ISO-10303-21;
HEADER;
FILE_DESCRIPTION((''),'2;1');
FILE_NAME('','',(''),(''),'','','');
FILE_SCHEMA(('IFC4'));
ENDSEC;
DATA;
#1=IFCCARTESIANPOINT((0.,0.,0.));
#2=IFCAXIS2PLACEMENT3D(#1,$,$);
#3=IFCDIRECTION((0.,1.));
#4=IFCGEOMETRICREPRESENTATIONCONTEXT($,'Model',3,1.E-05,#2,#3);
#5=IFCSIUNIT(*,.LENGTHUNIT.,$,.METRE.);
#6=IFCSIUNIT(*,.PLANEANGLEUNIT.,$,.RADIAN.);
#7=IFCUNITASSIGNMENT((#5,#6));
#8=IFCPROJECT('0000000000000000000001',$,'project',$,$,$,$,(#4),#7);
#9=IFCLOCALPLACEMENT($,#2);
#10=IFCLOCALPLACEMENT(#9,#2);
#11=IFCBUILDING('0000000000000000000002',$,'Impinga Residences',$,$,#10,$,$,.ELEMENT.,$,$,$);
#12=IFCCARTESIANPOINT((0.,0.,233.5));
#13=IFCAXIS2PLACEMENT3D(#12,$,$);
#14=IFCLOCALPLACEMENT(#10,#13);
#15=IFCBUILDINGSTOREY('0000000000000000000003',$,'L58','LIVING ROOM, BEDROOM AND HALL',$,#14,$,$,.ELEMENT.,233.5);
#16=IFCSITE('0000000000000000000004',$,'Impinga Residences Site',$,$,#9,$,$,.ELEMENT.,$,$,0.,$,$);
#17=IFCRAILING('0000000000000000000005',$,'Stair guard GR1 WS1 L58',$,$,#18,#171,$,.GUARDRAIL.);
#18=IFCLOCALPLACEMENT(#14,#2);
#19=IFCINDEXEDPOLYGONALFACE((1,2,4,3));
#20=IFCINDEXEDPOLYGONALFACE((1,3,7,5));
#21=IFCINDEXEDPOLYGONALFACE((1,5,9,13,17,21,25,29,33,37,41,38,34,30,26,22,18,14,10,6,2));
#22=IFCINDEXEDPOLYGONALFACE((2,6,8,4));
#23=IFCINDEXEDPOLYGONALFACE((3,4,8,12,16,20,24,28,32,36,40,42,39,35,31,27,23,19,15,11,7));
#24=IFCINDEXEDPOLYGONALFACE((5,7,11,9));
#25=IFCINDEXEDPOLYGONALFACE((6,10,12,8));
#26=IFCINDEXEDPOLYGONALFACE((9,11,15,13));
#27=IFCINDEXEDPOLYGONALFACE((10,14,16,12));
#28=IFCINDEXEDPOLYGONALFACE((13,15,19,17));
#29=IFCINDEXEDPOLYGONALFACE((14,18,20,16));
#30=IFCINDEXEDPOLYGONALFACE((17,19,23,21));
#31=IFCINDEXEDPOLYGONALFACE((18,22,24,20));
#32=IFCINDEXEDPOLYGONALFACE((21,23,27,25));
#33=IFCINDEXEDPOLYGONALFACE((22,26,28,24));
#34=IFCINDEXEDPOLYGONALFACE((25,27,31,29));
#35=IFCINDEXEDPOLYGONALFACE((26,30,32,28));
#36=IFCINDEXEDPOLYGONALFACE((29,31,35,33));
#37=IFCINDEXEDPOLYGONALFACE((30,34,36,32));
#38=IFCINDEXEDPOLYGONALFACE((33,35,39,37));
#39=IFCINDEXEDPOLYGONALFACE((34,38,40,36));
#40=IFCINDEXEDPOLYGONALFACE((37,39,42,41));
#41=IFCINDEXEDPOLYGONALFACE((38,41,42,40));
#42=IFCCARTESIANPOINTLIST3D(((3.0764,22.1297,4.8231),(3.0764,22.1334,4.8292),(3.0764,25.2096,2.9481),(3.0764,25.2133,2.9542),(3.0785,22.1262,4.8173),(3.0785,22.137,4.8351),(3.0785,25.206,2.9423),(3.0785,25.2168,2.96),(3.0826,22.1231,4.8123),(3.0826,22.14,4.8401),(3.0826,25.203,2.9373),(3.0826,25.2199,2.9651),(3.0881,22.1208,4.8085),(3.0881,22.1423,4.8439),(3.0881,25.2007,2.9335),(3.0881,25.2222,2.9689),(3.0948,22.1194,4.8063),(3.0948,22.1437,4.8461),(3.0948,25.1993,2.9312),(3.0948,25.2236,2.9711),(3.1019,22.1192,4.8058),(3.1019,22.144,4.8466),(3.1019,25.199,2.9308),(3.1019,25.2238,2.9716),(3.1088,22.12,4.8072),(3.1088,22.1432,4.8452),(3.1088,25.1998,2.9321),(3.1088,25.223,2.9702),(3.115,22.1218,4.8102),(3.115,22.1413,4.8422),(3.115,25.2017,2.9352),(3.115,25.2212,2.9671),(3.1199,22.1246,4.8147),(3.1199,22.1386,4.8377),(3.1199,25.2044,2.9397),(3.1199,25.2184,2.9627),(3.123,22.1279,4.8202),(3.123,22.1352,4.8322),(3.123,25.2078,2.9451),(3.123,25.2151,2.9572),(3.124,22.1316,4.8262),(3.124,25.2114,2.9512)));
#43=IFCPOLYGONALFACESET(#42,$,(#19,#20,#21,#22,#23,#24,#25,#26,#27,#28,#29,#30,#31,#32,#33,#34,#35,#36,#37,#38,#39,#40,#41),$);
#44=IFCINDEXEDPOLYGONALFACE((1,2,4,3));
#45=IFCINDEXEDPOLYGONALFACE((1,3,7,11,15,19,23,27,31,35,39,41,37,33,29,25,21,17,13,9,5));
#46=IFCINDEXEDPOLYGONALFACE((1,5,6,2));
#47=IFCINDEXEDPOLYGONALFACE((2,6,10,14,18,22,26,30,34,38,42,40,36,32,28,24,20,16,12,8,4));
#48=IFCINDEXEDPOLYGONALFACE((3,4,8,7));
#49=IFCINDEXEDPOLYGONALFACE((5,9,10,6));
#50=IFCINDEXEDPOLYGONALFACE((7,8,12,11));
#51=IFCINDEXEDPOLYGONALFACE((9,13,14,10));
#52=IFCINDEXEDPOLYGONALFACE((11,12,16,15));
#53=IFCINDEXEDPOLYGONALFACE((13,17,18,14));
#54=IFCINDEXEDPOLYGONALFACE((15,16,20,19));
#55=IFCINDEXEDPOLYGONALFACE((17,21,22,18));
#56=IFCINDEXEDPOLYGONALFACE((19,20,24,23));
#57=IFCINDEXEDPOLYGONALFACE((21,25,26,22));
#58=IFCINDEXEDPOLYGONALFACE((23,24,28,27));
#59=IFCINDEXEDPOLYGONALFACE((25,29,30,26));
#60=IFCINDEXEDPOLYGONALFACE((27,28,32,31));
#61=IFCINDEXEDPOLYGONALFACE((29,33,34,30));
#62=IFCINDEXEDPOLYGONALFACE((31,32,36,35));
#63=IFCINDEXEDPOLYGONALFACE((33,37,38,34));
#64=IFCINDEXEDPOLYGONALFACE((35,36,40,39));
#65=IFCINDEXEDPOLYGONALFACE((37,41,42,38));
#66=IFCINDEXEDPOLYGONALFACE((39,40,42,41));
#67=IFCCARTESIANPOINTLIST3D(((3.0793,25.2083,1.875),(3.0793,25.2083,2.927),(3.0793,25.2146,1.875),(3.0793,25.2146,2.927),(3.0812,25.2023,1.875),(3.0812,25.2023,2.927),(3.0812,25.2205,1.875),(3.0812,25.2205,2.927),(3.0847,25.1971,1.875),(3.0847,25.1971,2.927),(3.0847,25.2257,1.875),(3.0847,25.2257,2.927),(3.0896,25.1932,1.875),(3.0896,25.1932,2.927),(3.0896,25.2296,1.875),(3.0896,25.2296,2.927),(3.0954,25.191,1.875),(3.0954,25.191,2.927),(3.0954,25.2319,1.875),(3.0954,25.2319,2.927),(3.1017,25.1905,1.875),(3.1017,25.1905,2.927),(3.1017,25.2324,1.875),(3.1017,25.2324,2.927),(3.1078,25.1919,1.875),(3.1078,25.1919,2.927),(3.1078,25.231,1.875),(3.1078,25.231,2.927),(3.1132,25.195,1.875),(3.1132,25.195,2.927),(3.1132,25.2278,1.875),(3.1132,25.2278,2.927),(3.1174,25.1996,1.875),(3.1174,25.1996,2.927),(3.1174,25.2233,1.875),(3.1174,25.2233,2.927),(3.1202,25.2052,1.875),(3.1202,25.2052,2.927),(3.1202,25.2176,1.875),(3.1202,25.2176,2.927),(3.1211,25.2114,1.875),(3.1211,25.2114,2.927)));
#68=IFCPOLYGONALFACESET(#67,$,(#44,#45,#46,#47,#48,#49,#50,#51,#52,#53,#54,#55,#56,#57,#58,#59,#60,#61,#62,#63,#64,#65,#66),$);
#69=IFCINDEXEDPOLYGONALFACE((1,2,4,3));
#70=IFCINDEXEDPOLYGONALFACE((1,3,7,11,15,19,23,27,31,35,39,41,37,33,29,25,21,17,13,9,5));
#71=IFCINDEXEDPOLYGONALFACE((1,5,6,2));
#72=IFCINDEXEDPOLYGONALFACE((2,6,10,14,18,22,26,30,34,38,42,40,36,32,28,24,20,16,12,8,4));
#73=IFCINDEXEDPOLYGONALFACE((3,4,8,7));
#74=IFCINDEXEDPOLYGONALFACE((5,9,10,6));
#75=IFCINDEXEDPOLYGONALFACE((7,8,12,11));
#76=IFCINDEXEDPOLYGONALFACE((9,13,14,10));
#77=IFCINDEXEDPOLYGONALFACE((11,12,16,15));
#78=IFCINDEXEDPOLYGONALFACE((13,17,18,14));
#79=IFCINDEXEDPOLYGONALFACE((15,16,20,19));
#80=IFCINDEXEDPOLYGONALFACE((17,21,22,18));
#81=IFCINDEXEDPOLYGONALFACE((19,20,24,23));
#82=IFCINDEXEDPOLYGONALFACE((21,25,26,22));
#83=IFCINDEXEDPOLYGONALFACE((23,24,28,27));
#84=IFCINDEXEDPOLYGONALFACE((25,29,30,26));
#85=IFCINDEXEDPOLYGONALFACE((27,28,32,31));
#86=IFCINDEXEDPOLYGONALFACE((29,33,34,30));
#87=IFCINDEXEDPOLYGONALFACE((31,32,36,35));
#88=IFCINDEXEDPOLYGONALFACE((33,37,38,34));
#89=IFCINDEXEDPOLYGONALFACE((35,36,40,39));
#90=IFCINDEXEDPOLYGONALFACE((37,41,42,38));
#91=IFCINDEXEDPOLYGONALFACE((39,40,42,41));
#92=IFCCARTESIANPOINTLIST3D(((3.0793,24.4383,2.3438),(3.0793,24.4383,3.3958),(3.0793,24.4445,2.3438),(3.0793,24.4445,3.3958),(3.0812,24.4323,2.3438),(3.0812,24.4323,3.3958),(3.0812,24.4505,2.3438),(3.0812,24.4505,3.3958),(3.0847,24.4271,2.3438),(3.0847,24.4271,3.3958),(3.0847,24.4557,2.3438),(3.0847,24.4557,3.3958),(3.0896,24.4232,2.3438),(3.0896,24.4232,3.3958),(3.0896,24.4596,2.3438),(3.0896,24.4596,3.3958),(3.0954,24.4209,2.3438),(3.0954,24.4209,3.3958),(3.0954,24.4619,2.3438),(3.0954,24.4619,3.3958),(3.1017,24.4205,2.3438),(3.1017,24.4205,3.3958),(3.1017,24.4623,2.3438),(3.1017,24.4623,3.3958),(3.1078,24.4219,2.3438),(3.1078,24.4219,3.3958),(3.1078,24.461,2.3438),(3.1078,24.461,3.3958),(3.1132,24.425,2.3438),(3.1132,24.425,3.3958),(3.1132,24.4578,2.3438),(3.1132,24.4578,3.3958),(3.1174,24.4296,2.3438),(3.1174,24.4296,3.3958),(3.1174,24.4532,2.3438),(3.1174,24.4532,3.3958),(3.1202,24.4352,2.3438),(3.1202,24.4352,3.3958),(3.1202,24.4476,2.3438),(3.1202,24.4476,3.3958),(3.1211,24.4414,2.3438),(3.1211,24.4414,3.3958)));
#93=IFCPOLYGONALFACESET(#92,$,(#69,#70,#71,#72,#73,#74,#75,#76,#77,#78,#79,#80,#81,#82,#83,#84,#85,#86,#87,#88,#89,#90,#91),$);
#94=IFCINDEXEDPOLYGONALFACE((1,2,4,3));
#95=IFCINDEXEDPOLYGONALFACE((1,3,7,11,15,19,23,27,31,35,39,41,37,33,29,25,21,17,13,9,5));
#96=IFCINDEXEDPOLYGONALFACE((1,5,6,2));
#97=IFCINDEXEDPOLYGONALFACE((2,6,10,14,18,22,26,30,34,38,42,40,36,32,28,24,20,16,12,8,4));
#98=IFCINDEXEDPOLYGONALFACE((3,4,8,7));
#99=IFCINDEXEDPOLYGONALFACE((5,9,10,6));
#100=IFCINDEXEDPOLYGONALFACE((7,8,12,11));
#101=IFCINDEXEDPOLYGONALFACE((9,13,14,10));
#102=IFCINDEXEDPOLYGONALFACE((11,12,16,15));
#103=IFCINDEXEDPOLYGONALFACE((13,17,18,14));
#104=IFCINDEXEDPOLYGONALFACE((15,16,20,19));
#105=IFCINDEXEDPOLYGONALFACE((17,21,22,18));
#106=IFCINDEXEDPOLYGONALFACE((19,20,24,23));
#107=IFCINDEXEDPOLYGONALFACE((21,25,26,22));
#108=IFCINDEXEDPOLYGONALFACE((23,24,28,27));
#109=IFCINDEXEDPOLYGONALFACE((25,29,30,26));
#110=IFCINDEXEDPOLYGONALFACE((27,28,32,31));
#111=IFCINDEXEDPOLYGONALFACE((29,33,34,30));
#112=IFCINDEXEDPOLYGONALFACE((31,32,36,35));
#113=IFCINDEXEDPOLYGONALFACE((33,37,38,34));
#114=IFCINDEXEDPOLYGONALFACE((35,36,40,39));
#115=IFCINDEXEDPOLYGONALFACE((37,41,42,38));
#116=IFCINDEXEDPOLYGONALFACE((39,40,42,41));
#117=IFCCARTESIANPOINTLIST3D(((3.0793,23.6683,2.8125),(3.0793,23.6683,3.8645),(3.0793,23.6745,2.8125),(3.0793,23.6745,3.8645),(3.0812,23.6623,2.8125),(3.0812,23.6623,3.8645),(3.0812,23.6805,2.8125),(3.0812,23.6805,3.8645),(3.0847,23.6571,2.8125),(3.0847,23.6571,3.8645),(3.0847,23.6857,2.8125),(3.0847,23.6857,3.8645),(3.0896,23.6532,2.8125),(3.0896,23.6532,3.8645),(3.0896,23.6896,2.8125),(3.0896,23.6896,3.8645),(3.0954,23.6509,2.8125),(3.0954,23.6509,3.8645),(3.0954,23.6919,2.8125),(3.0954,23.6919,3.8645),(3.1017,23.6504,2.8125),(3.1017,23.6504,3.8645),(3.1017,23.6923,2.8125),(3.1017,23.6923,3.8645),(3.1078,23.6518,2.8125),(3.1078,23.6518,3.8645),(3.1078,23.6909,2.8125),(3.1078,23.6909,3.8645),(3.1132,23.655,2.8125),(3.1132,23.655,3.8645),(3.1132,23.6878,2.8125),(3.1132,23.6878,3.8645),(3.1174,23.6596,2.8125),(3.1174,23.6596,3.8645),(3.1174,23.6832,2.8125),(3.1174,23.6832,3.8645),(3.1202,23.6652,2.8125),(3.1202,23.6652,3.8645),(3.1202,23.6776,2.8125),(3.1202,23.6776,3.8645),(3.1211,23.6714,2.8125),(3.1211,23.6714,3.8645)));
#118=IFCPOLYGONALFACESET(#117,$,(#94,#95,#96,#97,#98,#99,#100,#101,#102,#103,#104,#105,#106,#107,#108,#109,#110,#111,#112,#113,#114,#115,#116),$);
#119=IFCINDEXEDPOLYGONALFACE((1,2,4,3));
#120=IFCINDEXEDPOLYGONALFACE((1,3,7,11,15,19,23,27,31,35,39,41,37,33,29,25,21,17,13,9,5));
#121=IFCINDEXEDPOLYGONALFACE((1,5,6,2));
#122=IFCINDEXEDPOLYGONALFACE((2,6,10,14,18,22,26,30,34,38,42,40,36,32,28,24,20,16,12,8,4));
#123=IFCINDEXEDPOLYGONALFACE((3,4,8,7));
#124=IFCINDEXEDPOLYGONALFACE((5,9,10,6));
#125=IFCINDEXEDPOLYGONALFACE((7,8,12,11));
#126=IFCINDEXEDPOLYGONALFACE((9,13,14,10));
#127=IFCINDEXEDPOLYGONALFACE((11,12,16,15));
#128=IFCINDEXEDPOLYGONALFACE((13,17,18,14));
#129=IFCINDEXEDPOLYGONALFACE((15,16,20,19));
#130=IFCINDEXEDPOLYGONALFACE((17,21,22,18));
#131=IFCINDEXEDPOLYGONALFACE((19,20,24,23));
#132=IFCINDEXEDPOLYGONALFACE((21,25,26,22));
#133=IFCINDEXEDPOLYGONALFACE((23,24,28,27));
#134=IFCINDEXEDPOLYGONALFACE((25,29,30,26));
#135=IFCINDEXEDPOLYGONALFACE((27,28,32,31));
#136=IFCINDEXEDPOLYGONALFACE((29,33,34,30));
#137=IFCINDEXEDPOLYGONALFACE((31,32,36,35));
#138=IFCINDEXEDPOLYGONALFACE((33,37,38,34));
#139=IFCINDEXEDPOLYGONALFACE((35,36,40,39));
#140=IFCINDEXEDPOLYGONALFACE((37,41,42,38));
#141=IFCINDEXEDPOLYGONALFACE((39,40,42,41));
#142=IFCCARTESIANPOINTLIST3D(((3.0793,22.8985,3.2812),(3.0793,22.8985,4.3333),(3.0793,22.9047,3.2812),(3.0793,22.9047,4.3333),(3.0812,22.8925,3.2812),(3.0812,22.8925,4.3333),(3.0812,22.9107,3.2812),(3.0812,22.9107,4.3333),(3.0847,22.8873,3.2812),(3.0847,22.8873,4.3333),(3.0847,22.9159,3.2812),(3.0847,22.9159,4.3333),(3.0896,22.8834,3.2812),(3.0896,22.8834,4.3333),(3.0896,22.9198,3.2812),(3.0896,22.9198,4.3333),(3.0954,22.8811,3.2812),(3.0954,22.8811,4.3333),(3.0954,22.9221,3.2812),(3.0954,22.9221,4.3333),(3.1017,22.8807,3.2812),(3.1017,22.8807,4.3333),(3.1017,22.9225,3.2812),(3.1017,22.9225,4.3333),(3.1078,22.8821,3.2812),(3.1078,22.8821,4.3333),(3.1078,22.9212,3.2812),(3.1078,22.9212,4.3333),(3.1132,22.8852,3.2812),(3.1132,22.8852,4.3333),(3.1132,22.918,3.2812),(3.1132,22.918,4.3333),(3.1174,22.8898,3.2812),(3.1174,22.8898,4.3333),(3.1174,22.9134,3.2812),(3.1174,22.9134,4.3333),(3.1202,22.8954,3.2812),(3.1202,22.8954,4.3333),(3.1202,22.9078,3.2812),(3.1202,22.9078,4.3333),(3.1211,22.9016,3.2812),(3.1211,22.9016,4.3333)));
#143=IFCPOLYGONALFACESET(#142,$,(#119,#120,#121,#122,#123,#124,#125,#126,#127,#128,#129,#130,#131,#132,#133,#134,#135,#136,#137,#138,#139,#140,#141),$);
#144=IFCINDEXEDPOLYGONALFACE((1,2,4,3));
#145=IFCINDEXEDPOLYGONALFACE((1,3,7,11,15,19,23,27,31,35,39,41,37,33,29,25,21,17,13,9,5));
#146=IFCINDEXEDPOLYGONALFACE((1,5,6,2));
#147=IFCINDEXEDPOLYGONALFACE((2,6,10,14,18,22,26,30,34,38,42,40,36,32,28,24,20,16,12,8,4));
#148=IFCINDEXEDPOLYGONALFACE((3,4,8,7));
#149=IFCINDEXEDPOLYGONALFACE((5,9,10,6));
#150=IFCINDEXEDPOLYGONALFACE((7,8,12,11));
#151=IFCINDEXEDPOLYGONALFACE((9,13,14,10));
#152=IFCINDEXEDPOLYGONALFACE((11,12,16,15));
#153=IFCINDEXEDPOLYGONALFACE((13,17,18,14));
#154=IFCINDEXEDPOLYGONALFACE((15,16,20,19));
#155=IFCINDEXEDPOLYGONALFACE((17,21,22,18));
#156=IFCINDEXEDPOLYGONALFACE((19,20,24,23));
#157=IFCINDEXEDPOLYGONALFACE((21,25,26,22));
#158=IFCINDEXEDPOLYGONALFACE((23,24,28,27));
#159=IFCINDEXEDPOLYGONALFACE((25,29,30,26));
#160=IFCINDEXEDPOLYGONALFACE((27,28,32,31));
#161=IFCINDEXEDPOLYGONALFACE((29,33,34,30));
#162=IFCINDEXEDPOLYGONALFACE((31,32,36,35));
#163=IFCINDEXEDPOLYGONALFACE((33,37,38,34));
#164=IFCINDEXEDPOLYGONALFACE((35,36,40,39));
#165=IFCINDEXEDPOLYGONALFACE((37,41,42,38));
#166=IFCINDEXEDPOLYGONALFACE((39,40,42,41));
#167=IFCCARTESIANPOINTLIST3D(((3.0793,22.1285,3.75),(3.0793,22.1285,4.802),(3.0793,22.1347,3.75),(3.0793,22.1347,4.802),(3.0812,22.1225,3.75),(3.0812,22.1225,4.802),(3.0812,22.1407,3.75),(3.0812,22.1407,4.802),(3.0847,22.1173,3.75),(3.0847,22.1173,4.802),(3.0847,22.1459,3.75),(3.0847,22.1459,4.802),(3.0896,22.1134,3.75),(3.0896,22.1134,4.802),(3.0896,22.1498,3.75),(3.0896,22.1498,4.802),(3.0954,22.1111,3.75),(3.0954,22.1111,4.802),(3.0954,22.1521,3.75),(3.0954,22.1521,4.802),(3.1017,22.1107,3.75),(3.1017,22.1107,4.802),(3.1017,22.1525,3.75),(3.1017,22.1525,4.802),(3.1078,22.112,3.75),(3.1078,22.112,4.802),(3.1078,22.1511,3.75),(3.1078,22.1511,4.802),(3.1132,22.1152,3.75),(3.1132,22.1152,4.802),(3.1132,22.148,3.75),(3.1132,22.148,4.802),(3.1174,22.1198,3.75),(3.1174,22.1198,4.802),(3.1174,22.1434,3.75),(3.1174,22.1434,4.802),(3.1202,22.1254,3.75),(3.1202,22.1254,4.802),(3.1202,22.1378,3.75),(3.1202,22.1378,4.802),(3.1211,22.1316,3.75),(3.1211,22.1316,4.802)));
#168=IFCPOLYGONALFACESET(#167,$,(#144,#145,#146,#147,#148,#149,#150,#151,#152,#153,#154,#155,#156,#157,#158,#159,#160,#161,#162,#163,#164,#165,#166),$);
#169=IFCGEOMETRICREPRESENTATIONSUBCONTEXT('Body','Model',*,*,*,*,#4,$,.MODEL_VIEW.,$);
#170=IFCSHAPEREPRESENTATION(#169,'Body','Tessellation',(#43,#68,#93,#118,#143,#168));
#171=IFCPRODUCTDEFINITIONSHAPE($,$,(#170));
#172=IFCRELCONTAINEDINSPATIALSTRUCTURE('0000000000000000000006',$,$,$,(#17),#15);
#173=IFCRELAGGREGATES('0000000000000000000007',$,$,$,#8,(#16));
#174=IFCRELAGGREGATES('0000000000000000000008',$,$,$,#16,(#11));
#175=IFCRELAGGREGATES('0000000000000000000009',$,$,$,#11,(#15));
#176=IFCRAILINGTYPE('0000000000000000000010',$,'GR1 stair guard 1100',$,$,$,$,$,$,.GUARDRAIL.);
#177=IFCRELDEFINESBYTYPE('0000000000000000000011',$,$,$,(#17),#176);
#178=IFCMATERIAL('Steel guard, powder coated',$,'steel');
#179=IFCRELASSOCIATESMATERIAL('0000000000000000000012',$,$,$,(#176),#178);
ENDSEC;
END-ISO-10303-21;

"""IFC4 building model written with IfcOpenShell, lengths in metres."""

from ifc_helpers import new_model, si_unit, direction, frame, origin, origin_2d, place, context, subcontext, project, spatial, circle, extrude, material, type_object, element, save


model = new_model("IFC4")

# Units and contexts
model_context = context("Model", 3, precision=1e-05, world=origin(), true_north=direction((0.0, 1.0)))
body_context = subcontext(model_context, "Body", "Model", "MODEL_VIEW")
ifc_project = project(units=[si_unit("LENGTHUNIT", "METRE"), si_unit("PLANEANGLEUNIT", "RADIAN")], contexts=[model_context])

# Site, building, storey
site_placement = place(None, origin())
site = spatial("IfcSite", under=ifc_project, at=site_placement, Name="Impinga Residences Site", CompositionType="ELEMENT", RefElevation=0.0)
building_placement = place(site_placement, origin())
building = spatial("IfcBuilding", under=site, at=building_placement, Name="Impinga Residences", CompositionType="ELEMENT")
storey_placement = place(building_placement, frame((0.0, 0.0, 233.5)))
storey = spatial("IfcBuildingStorey", under=building, at=storey_placement, Name="L58", Description="LIVING ROOM, BEDROOM AND HALL", CompositionType="ELEMENT", Elevation=233.5)

# Railing
ifc_material_1 = material(Name="Steel guard, powder coated", Category="steel")
railing_type_1 = type_object("IfcRailingType", Name="GR1 stair guard 1100", PredefinedType="GUARDRAIL", material=ifc_material_1)
railing_1_placement = place(storey_placement, frame((3.1001, 25.2114, 1.875)))
element("IfcRailing", 1, at=railing_1_placement, inside=storey, type_object=railing_type_1, Name="Stair guard GR1 WS1 L58", PredefinedType="GUARDRAIL", context=body_context, shape_type="SweptSolid", body=[
    extrude(circle(Radius=0.0239, at=origin_2d()), frame((0.0, 0.0, 1.0762), z_axis=(0.0, -0.854159, 0.520011), x_axis=(1.0, 0.0, 0.0)), (0.0, 0.0, 1.0), 3.6057),
    extrude(circle(Radius=0.021, at=origin_2d()), origin(), (0.0, 0.0, 1.0), 1.052),
    extrude(circle(Radius=0.021, at=origin_2d()), frame((0.0, -0.77, 0.4688)), (0.0, 0.0, 1.0), 1.052),
    extrude(circle(Radius=0.021, at=origin_2d()), frame((0.0, -1.54, 0.9375)), (0.0, 0.0, 1.0), 1.052),
    extrude(circle(Radius=0.021, at=origin_2d()), frame((0.0, -2.3098, 1.4062)), (0.0, 0.0, 1.0), 1.052),
    extrude(circle(Radius=0.021, at=origin_2d()), frame((0.0, -3.0798, 1.875)), (0.0, 0.0, 1.0), 1.052),
])

save(model, "model.ifc")
